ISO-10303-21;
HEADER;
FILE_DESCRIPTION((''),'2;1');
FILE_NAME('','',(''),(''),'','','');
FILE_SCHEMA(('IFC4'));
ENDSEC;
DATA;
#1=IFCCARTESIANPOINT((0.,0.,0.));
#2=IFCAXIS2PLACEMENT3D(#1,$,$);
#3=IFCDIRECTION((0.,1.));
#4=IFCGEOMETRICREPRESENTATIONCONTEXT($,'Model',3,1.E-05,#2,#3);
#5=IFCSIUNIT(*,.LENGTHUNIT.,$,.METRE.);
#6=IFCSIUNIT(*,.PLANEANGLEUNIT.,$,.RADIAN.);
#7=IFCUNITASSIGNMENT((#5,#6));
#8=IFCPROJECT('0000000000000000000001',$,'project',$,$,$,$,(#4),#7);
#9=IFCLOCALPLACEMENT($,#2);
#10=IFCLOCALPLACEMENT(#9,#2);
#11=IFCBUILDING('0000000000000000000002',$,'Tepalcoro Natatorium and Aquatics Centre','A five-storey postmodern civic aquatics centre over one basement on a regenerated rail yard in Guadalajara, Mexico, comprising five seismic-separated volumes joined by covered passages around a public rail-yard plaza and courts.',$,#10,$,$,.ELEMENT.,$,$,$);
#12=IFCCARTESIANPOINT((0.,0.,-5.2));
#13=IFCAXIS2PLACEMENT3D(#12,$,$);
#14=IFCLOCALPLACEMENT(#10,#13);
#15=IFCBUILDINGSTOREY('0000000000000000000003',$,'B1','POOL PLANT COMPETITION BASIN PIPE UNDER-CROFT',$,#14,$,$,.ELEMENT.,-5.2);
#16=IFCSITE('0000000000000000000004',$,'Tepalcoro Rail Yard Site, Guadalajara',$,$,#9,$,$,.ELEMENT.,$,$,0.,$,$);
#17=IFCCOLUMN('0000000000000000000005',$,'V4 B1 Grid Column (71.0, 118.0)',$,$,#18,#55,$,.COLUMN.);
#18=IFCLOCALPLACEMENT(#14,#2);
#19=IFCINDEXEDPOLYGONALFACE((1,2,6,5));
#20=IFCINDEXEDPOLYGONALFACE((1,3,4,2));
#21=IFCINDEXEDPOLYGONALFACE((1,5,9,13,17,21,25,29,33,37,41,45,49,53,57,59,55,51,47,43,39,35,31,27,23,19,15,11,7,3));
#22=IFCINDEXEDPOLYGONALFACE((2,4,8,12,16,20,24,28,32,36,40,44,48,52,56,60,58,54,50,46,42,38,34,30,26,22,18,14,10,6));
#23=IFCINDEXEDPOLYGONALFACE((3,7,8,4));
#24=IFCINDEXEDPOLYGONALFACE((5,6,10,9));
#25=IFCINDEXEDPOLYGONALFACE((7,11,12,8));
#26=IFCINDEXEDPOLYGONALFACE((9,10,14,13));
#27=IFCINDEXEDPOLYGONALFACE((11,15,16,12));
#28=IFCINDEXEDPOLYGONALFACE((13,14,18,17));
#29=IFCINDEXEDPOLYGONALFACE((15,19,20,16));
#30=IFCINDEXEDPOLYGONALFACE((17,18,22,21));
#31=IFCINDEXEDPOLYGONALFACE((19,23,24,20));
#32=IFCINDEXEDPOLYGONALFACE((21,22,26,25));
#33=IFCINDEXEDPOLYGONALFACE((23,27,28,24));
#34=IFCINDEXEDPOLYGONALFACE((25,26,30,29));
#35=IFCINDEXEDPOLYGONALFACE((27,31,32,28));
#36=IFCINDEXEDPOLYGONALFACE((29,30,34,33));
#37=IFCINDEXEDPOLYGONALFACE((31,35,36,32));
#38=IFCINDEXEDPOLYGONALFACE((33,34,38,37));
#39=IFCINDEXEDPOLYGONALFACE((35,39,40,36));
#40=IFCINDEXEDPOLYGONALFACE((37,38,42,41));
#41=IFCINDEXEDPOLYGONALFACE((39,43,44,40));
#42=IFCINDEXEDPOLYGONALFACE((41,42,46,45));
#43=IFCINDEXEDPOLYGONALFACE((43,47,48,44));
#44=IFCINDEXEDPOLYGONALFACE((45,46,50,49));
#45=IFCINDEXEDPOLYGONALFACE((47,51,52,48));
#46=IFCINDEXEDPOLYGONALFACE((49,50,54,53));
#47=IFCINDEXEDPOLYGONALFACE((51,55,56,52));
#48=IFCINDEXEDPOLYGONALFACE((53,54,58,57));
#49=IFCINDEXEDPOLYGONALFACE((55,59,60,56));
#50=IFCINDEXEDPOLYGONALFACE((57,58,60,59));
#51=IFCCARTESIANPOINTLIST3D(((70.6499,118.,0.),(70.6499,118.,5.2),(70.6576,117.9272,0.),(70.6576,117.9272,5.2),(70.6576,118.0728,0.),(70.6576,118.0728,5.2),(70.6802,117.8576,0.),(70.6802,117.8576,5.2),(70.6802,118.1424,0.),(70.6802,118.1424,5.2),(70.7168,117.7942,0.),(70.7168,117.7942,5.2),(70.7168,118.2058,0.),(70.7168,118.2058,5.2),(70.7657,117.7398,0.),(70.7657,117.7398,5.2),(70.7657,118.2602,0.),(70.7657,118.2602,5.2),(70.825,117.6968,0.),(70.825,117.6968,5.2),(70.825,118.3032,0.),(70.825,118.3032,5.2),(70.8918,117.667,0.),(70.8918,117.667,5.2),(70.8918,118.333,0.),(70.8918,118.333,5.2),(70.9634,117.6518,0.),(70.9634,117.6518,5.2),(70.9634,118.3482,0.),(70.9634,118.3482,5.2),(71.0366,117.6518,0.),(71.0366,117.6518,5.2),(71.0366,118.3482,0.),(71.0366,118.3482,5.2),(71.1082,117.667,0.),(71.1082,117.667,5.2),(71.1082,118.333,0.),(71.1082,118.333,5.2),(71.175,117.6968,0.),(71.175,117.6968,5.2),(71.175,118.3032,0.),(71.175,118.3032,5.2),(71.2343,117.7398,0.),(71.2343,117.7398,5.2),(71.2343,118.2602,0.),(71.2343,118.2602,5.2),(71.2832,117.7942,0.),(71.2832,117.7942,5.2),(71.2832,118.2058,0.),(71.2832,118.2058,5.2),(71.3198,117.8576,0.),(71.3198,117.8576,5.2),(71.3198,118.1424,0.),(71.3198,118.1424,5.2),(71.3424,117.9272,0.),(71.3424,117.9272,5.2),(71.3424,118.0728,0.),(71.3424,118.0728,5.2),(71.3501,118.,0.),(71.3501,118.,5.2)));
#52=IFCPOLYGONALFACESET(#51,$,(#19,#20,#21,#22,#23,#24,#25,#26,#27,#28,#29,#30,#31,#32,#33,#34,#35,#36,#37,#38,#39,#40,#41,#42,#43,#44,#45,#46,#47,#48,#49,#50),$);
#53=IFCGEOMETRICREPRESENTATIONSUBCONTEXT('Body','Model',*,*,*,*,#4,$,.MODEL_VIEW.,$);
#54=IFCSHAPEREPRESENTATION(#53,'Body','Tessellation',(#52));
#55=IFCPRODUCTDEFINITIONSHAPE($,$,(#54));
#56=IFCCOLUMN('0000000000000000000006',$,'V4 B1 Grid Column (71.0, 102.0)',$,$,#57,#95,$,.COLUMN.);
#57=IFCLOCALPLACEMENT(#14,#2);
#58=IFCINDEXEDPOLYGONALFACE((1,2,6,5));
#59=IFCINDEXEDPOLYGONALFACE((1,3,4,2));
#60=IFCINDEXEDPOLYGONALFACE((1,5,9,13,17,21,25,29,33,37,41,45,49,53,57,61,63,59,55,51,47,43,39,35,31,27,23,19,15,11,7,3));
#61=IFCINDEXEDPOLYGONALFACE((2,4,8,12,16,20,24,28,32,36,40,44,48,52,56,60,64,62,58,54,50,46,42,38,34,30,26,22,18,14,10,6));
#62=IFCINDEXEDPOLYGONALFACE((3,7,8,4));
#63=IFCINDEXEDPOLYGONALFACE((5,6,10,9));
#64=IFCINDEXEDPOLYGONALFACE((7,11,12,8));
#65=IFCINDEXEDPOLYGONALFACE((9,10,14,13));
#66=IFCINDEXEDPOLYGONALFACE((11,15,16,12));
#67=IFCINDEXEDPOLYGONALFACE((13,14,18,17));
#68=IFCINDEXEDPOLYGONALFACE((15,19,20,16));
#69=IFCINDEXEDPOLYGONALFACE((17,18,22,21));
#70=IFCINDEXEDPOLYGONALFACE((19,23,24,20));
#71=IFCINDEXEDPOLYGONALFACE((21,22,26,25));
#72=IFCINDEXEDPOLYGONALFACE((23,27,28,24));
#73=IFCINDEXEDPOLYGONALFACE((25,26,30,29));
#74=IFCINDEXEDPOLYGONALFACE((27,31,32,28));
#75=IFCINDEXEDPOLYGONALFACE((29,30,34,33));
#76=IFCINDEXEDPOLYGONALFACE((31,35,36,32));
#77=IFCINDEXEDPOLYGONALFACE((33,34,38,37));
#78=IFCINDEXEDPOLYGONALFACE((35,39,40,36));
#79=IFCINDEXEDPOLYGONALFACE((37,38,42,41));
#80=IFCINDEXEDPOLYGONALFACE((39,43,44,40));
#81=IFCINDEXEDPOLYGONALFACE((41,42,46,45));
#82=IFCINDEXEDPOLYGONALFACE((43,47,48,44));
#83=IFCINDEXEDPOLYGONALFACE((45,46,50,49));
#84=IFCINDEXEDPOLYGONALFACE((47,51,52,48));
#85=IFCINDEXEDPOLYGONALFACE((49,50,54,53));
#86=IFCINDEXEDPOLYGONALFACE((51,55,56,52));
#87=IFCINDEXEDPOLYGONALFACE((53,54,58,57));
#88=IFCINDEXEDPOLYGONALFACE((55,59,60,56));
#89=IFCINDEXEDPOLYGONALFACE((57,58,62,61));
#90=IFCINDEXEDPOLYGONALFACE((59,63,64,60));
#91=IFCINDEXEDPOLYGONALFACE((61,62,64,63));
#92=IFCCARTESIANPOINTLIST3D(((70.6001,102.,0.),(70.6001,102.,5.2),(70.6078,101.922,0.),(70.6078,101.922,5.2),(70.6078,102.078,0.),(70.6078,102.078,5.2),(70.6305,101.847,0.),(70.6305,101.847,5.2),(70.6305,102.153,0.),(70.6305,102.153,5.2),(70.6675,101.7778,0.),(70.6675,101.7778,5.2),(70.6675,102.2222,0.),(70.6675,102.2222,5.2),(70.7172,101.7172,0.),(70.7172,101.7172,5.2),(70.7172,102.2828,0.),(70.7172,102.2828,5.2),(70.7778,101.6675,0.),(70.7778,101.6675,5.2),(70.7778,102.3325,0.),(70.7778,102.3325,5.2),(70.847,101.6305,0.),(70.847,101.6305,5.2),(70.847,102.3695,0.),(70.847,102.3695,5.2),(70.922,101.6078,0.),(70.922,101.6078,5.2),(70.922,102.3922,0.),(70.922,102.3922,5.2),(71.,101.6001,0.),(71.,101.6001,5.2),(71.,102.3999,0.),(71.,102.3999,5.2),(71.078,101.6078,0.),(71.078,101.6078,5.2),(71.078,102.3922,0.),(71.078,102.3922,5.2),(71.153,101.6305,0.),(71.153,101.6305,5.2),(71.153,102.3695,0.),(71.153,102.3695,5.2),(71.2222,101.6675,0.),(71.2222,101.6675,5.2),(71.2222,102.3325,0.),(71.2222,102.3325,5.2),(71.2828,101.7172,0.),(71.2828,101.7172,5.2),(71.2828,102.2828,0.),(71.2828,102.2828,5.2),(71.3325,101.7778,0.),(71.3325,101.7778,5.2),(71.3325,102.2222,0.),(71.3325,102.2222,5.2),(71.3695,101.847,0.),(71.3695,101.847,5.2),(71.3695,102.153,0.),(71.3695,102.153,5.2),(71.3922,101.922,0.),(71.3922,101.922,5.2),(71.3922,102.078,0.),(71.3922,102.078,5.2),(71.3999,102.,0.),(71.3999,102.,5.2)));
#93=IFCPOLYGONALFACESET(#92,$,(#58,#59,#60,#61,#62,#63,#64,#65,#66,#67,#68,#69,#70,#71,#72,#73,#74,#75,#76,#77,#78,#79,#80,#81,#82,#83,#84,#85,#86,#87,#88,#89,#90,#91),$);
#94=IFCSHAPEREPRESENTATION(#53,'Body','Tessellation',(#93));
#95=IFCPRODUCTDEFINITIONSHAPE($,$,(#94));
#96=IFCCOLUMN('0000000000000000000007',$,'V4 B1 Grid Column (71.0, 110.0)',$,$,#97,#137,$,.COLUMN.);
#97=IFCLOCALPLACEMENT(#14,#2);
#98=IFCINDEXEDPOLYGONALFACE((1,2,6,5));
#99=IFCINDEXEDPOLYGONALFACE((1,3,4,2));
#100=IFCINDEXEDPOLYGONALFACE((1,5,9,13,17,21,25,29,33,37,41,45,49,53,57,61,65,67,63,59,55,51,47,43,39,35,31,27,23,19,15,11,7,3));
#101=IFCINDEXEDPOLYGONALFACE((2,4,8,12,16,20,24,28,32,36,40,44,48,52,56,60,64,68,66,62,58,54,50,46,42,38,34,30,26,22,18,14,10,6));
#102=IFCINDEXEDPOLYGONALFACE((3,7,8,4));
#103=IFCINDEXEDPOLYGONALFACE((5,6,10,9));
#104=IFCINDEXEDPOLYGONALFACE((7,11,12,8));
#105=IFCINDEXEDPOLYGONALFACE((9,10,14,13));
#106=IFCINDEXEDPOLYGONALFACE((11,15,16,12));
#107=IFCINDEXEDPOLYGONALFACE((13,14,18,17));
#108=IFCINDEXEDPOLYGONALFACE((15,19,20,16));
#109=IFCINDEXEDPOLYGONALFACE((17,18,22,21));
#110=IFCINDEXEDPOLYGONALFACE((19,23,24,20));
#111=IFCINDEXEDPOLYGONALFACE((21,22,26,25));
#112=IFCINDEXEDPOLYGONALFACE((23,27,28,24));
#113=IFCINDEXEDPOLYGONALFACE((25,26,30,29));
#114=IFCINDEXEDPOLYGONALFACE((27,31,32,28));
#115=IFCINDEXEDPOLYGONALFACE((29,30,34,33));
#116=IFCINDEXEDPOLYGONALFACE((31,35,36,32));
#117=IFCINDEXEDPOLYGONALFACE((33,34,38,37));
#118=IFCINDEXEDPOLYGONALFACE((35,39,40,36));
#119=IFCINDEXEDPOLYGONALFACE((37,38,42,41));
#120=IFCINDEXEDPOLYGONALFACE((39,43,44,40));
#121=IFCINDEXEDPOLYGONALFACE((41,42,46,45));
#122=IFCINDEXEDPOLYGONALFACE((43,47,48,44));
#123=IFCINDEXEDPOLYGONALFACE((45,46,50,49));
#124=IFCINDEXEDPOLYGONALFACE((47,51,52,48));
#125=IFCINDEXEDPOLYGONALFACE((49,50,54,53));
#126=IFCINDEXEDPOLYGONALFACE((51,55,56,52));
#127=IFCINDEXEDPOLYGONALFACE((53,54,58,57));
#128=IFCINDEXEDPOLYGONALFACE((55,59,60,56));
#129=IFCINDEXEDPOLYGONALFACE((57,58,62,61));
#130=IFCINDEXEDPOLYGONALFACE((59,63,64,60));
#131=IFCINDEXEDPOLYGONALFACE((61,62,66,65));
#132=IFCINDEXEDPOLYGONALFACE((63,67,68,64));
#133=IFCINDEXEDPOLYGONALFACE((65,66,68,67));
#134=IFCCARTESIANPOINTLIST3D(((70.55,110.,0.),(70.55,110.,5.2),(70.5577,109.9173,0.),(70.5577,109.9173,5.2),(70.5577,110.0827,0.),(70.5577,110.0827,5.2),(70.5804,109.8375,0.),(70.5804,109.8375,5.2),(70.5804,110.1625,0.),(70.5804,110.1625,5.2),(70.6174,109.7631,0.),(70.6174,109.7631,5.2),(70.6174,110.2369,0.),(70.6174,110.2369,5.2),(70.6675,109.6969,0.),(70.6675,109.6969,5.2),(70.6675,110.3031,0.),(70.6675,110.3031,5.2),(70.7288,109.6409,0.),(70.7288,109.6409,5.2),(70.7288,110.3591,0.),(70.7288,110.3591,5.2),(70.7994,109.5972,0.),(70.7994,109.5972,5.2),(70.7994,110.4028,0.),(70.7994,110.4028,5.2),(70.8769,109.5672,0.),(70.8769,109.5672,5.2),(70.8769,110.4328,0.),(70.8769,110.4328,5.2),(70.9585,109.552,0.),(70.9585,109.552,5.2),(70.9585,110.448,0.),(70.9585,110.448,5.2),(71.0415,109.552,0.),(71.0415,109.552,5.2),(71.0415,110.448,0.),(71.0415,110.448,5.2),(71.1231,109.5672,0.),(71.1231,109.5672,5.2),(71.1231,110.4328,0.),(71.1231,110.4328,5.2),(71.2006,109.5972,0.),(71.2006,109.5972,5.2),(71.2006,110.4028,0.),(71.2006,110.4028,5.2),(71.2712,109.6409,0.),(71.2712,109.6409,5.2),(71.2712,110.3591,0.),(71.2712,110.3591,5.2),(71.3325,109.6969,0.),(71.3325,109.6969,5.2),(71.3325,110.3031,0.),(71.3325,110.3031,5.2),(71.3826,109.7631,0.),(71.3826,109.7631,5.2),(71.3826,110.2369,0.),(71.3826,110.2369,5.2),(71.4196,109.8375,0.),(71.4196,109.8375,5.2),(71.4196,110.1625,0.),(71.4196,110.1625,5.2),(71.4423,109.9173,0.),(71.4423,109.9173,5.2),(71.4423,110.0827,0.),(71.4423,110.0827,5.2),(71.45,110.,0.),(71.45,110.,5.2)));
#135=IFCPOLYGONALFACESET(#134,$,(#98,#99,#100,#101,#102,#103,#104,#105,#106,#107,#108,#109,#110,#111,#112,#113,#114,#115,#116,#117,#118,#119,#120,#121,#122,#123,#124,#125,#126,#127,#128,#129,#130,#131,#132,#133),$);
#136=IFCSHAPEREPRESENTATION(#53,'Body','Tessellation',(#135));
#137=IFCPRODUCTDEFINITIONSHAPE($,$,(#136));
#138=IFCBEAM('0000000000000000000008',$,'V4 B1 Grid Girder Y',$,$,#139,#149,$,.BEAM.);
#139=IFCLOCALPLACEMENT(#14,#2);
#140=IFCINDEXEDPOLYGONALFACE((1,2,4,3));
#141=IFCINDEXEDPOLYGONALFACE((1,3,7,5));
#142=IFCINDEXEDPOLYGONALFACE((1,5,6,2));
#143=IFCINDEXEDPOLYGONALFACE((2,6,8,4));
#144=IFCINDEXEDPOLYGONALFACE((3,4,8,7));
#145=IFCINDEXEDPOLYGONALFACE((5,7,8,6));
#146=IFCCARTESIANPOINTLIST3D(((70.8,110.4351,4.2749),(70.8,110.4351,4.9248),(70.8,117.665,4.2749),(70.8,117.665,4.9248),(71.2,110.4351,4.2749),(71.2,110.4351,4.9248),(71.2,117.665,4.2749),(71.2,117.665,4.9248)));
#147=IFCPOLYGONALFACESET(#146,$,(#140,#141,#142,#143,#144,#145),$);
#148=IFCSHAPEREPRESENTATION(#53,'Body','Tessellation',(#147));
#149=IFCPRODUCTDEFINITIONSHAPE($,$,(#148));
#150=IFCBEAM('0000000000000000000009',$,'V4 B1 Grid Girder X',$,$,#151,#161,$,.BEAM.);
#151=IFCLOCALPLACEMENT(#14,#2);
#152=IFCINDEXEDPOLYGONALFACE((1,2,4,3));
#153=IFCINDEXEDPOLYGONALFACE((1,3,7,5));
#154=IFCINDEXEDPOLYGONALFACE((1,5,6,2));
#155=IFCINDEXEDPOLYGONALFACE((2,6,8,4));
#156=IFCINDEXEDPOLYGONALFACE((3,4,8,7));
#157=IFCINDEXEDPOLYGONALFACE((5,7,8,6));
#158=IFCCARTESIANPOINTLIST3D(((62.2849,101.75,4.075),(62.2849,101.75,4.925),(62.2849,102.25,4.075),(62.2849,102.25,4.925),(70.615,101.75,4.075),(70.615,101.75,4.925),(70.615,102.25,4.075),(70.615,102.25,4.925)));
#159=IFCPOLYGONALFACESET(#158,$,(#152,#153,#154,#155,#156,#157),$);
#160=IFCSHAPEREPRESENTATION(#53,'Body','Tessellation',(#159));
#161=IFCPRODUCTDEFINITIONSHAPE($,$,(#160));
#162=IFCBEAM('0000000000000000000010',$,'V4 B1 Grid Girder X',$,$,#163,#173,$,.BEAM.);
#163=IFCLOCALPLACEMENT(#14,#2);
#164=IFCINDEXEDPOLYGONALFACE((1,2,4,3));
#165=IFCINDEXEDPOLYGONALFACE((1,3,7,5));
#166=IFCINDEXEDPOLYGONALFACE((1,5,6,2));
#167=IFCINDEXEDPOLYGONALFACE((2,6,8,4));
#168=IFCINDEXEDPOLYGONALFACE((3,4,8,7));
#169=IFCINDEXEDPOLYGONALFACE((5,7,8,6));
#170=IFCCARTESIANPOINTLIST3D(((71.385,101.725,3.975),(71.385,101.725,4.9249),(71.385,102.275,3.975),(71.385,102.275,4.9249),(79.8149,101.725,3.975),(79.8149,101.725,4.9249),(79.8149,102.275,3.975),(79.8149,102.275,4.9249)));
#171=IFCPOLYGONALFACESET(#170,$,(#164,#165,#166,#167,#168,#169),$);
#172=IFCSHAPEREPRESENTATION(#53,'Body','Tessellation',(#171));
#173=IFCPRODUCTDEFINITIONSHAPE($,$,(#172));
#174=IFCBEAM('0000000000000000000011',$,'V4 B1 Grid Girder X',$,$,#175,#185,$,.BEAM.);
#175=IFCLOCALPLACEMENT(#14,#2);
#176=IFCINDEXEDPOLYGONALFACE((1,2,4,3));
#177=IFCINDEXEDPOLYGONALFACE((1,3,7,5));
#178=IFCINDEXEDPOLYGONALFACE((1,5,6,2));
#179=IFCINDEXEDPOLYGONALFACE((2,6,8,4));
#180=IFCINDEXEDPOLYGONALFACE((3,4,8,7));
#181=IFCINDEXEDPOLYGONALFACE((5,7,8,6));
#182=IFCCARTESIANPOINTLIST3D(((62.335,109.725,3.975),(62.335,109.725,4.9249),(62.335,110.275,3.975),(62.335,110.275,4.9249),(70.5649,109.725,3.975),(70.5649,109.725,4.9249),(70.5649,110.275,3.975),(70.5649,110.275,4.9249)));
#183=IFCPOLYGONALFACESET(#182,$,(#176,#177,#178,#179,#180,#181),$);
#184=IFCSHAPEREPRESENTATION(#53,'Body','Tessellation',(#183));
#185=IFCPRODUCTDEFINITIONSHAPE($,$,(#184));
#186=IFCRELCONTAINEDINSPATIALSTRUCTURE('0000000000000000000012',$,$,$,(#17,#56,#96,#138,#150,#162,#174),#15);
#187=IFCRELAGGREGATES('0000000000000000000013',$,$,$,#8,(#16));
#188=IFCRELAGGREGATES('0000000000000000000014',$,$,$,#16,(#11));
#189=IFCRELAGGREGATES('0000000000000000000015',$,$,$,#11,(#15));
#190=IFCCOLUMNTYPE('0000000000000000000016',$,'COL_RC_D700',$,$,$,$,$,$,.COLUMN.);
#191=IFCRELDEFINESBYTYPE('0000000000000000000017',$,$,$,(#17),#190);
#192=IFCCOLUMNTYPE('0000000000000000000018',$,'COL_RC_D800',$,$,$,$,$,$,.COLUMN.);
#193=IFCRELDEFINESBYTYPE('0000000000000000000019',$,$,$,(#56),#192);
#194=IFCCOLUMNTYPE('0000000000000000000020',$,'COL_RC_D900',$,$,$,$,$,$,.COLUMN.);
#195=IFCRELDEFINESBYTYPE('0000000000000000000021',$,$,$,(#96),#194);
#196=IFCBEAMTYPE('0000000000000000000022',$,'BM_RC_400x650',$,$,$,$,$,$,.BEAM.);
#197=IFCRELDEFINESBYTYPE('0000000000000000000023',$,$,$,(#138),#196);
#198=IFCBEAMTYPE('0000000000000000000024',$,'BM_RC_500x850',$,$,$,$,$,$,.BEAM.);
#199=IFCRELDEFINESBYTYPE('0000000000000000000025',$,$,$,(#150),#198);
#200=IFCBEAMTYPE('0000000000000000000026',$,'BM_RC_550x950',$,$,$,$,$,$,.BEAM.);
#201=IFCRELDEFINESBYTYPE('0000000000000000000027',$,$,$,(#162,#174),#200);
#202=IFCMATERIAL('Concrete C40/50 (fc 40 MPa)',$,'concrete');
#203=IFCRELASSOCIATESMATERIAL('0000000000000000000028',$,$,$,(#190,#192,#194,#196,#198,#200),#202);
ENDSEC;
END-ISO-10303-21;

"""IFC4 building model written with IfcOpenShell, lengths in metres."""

from ifc_helpers import new_model, si_unit, direction, frame, origin, origin_2d, place, context, subcontext, project, spatial, rectangle, circle, extrude, material, material_profile, profile_set, type_object, element, save


model = new_model("IFC4")

# Units and contexts
model_context = context("Model", 3, precision=1e-05, world=origin(), true_north=direction((0.0, 1.0)))
body_context = subcontext(model_context, "Body", "Model", "MODEL_VIEW")
ifc_project = project(units=[si_unit("LENGTHUNIT", "METRE"), si_unit("PLANEANGLEUNIT", "RADIAN")], contexts=[model_context])

# Site, building, storey
site_placement = place(None, origin())
site = spatial("IfcSite", under=ifc_project, at=site_placement, Name="Tepalcoro Rail Yard Site, Guadalajara", CompositionType="ELEMENT", RefElevation=0.0)
building_placement = place(site_placement, origin())
building = spatial("IfcBuilding", under=site, at=building_placement, Name="Tepalcoro Natatorium and Aquatics Centre", Description="A five-storey postmodern civic aquatics centre over one basement on a regenerated rail yard in Guadalajara, Mexico, comprising five seismic-separated volumes joined by covered passages around a public rail-yard plaza and courts.", CompositionType="ELEMENT")
storey_placement = place(building_placement, frame((0.0, 0.0, -5.2)))
storey = spatial("IfcBuildingStorey", under=building, at=storey_placement, Name="B1", Description="POOL PLANT COMPETITION BASIN PIPE UNDER-CROFT", CompositionType="ELEMENT", Elevation=-5.2)

# Shared definitions
ifc_material_1 = material(Name="Concrete C40/50 (fc 40 MPa)", Category="concrete")

# Columns
ifc_material_profile_1 = material_profile(ifc_material_1, circle(Radius=0.3501, at=origin_2d()), Name="RCD700")
ifc_profile_set_1 = profile_set([ifc_material_profile_1], Name="Concrete C40/50 (fc 40 MPa)")
column_type_1 = type_object("IfcColumnType", Name="COL_RC_D700", PredefinedType="COLUMN", material=ifc_profile_set_1)
for number, where, z_axis, x_axis, name in (
    (1, (71.0, 118.0, 0.0), (0.0, 0.0, 1.0), (1.0, 0.0, 0.0), "V4 B1 Grid Column (71.0, 118.0)"),
):
    element("IfcColumn", number, at=place(storey_placement, frame(where, z_axis=z_axis, x_axis=x_axis)), inside=storey, type_object=column_type_1, Name=name, PredefinedType="COLUMN", context=body_context, shape_type="SweptSolid", body=[
        extrude(circle(Radius=0.3501, at=origin_2d()), origin(), (0.0, 0.0, 1.0), 5.2),
    ])
ifc_material_profile_2 = material_profile(ifc_material_1, circle(Radius=0.3999, at=origin_2d()), Name="RCD800")
ifc_profile_set_2 = profile_set([ifc_material_profile_2], Name="Concrete C40/50 (fc 40 MPa)")
column_type_2 = type_object("IfcColumnType", Name="COL_RC_D800", PredefinedType="COLUMN", material=ifc_profile_set_2)
column_1_placement = place(storey_placement, frame((71.0, 102.0, 0.0), z_axis=(0.0, 0.0, 1.0), x_axis=(1.0, 0.0, 0.0)))
element("IfcColumn", 2, at=column_1_placement, inside=storey, type_object=column_type_2, Name="V4 B1 Grid Column (71.0, 102.0)", PredefinedType="COLUMN", context=body_context, shape_type="SweptSolid", body=[
    extrude(circle(Radius=0.3999, at=origin_2d()), origin(), (0.0, 0.0, 1.0), 5.2),
])
ifc_material_profile_3 = material_profile(ifc_material_1, circle(Radius=0.45, at=origin_2d()), Name="RCD900")
ifc_profile_set_3 = profile_set([ifc_material_profile_3], Name="Concrete C40/50 (fc 40 MPa)")
column_type_3 = type_object("IfcColumnType", Name="COL_RC_D900", PredefinedType="COLUMN", material=ifc_profile_set_3)
column_2_placement = place(storey_placement, frame((71.0, 110.0, 0.0), z_axis=(0.0, 0.0, 1.0), x_axis=(1.0, 0.0, 0.0)))
element("IfcColumn", 3, at=column_2_placement, inside=storey, type_object=column_type_3, Name="V4 B1 Grid Column (71.0, 110.0)", PredefinedType="COLUMN", context=body_context, shape_type="SweptSolid", body=[
    extrude(circle(Radius=0.45, at=origin_2d()), origin(), (0.0, 0.0, 1.0), 5.2),
])

# Beams
ifc_material_profile_4 = material_profile(ifc_material_1, rectangle(XDim=0.3999, YDim=0.6499, at=origin_2d()), Name="RCB400x650")
ifc_profile_set_4 = profile_set([ifc_material_profile_4], Name="Concrete C40/50 (fc 40 MPa)")
beam_type_1 = type_object("IfcBeamType", Name="BM_RC_400x650", PredefinedType="BEAM", material=ifc_profile_set_4)
beam_1_placement = place(storey_placement, frame((71.0, 110.4351, 4.5999), z_axis=(0.0, 1.0, 0.0), x_axis=(-1.0, 0.0, 0.0)))
element("IfcBeam", 4, at=beam_1_placement, inside=storey, type_object=beam_type_1, Name="V4 B1 Grid Girder Y", PredefinedType="BEAM", context=body_context, shape_type="SweptSolid", body=[
    extrude(rectangle(XDim=0.3999, YDim=0.6499, at=origin_2d()), origin(), (0.0, 0.0, 1.0), 7.23),
])
ifc_material_profile_5 = material_profile(ifc_material_1, rectangle(XDim=0.5, YDim=0.8501, at=origin_2d()), Name="RCB500x850")
ifc_profile_set_5 = profile_set([ifc_material_profile_5], Name="Concrete C40/50 (fc 40 MPa)")
beam_type_2 = type_object("IfcBeamType", Name="BM_RC_500x850", PredefinedType="BEAM", material=ifc_profile_set_5)
beam_2_placement = place(storey_placement, frame((62.2849, 102.0, 4.5), z_axis=(1.0, 0.0, 0.0), x_axis=(0.0, 1.0, 0.0)))
element("IfcBeam", 5, at=beam_2_placement, inside=storey, type_object=beam_type_2, Name="V4 B1 Grid Girder X", PredefinedType="BEAM", context=body_context, shape_type="SweptSolid", body=[
    extrude(rectangle(XDim=0.5, YDim=0.8501, at=origin_2d()), origin(), (0.0, 0.0, 1.0), 8.3301),
])
ifc_material_profile_6 = material_profile(ifc_material_1, rectangle(XDim=0.55, YDim=0.95, at=origin_2d()), Name="RCB550x950")
ifc_profile_set_6 = profile_set([ifc_material_profile_6], Name="Concrete C40/50 (fc 40 MPa)")
beam_type_3 = type_object("IfcBeamType", Name="BM_RC_550x950", PredefinedType="BEAM", material=ifc_profile_set_6)
beam_3_placement = place(storey_placement, frame((71.385, 102.0, 4.45), z_axis=(1.0, 0.0, 0.0), x_axis=(0.0, 1.0, 0.0)))
element("IfcBeam", 6, at=beam_3_placement, inside=storey, type_object=beam_type_3, Name="V4 B1 Grid Girder X", PredefinedType="BEAM", context=body_context, shape_type="SweptSolid", body=[
    extrude(rectangle(XDim=0.55, YDim=0.95, at=origin_2d()), origin(), (0.0, 0.0, 1.0), 8.4299),
])
beam_4_placement = place(storey_placement, frame((62.335, 110.0, 4.45), z_axis=(1.0, 0.0, 0.0), x_axis=(0.0, 1.0, 0.0)))
element("IfcBeam", 7, at=beam_4_placement, inside=storey, type_object=beam_type_3, Name="V4 B1 Grid Girder X", PredefinedType="BEAM", context=body_context, shape_type="SweptSolid", body=[
    extrude(rectangle(XDim=0.55, YDim=0.95, at=origin_2d()), origin(), (0.0, 0.0, 1.0), 8.23),
])

save(model, "model.ifc")
